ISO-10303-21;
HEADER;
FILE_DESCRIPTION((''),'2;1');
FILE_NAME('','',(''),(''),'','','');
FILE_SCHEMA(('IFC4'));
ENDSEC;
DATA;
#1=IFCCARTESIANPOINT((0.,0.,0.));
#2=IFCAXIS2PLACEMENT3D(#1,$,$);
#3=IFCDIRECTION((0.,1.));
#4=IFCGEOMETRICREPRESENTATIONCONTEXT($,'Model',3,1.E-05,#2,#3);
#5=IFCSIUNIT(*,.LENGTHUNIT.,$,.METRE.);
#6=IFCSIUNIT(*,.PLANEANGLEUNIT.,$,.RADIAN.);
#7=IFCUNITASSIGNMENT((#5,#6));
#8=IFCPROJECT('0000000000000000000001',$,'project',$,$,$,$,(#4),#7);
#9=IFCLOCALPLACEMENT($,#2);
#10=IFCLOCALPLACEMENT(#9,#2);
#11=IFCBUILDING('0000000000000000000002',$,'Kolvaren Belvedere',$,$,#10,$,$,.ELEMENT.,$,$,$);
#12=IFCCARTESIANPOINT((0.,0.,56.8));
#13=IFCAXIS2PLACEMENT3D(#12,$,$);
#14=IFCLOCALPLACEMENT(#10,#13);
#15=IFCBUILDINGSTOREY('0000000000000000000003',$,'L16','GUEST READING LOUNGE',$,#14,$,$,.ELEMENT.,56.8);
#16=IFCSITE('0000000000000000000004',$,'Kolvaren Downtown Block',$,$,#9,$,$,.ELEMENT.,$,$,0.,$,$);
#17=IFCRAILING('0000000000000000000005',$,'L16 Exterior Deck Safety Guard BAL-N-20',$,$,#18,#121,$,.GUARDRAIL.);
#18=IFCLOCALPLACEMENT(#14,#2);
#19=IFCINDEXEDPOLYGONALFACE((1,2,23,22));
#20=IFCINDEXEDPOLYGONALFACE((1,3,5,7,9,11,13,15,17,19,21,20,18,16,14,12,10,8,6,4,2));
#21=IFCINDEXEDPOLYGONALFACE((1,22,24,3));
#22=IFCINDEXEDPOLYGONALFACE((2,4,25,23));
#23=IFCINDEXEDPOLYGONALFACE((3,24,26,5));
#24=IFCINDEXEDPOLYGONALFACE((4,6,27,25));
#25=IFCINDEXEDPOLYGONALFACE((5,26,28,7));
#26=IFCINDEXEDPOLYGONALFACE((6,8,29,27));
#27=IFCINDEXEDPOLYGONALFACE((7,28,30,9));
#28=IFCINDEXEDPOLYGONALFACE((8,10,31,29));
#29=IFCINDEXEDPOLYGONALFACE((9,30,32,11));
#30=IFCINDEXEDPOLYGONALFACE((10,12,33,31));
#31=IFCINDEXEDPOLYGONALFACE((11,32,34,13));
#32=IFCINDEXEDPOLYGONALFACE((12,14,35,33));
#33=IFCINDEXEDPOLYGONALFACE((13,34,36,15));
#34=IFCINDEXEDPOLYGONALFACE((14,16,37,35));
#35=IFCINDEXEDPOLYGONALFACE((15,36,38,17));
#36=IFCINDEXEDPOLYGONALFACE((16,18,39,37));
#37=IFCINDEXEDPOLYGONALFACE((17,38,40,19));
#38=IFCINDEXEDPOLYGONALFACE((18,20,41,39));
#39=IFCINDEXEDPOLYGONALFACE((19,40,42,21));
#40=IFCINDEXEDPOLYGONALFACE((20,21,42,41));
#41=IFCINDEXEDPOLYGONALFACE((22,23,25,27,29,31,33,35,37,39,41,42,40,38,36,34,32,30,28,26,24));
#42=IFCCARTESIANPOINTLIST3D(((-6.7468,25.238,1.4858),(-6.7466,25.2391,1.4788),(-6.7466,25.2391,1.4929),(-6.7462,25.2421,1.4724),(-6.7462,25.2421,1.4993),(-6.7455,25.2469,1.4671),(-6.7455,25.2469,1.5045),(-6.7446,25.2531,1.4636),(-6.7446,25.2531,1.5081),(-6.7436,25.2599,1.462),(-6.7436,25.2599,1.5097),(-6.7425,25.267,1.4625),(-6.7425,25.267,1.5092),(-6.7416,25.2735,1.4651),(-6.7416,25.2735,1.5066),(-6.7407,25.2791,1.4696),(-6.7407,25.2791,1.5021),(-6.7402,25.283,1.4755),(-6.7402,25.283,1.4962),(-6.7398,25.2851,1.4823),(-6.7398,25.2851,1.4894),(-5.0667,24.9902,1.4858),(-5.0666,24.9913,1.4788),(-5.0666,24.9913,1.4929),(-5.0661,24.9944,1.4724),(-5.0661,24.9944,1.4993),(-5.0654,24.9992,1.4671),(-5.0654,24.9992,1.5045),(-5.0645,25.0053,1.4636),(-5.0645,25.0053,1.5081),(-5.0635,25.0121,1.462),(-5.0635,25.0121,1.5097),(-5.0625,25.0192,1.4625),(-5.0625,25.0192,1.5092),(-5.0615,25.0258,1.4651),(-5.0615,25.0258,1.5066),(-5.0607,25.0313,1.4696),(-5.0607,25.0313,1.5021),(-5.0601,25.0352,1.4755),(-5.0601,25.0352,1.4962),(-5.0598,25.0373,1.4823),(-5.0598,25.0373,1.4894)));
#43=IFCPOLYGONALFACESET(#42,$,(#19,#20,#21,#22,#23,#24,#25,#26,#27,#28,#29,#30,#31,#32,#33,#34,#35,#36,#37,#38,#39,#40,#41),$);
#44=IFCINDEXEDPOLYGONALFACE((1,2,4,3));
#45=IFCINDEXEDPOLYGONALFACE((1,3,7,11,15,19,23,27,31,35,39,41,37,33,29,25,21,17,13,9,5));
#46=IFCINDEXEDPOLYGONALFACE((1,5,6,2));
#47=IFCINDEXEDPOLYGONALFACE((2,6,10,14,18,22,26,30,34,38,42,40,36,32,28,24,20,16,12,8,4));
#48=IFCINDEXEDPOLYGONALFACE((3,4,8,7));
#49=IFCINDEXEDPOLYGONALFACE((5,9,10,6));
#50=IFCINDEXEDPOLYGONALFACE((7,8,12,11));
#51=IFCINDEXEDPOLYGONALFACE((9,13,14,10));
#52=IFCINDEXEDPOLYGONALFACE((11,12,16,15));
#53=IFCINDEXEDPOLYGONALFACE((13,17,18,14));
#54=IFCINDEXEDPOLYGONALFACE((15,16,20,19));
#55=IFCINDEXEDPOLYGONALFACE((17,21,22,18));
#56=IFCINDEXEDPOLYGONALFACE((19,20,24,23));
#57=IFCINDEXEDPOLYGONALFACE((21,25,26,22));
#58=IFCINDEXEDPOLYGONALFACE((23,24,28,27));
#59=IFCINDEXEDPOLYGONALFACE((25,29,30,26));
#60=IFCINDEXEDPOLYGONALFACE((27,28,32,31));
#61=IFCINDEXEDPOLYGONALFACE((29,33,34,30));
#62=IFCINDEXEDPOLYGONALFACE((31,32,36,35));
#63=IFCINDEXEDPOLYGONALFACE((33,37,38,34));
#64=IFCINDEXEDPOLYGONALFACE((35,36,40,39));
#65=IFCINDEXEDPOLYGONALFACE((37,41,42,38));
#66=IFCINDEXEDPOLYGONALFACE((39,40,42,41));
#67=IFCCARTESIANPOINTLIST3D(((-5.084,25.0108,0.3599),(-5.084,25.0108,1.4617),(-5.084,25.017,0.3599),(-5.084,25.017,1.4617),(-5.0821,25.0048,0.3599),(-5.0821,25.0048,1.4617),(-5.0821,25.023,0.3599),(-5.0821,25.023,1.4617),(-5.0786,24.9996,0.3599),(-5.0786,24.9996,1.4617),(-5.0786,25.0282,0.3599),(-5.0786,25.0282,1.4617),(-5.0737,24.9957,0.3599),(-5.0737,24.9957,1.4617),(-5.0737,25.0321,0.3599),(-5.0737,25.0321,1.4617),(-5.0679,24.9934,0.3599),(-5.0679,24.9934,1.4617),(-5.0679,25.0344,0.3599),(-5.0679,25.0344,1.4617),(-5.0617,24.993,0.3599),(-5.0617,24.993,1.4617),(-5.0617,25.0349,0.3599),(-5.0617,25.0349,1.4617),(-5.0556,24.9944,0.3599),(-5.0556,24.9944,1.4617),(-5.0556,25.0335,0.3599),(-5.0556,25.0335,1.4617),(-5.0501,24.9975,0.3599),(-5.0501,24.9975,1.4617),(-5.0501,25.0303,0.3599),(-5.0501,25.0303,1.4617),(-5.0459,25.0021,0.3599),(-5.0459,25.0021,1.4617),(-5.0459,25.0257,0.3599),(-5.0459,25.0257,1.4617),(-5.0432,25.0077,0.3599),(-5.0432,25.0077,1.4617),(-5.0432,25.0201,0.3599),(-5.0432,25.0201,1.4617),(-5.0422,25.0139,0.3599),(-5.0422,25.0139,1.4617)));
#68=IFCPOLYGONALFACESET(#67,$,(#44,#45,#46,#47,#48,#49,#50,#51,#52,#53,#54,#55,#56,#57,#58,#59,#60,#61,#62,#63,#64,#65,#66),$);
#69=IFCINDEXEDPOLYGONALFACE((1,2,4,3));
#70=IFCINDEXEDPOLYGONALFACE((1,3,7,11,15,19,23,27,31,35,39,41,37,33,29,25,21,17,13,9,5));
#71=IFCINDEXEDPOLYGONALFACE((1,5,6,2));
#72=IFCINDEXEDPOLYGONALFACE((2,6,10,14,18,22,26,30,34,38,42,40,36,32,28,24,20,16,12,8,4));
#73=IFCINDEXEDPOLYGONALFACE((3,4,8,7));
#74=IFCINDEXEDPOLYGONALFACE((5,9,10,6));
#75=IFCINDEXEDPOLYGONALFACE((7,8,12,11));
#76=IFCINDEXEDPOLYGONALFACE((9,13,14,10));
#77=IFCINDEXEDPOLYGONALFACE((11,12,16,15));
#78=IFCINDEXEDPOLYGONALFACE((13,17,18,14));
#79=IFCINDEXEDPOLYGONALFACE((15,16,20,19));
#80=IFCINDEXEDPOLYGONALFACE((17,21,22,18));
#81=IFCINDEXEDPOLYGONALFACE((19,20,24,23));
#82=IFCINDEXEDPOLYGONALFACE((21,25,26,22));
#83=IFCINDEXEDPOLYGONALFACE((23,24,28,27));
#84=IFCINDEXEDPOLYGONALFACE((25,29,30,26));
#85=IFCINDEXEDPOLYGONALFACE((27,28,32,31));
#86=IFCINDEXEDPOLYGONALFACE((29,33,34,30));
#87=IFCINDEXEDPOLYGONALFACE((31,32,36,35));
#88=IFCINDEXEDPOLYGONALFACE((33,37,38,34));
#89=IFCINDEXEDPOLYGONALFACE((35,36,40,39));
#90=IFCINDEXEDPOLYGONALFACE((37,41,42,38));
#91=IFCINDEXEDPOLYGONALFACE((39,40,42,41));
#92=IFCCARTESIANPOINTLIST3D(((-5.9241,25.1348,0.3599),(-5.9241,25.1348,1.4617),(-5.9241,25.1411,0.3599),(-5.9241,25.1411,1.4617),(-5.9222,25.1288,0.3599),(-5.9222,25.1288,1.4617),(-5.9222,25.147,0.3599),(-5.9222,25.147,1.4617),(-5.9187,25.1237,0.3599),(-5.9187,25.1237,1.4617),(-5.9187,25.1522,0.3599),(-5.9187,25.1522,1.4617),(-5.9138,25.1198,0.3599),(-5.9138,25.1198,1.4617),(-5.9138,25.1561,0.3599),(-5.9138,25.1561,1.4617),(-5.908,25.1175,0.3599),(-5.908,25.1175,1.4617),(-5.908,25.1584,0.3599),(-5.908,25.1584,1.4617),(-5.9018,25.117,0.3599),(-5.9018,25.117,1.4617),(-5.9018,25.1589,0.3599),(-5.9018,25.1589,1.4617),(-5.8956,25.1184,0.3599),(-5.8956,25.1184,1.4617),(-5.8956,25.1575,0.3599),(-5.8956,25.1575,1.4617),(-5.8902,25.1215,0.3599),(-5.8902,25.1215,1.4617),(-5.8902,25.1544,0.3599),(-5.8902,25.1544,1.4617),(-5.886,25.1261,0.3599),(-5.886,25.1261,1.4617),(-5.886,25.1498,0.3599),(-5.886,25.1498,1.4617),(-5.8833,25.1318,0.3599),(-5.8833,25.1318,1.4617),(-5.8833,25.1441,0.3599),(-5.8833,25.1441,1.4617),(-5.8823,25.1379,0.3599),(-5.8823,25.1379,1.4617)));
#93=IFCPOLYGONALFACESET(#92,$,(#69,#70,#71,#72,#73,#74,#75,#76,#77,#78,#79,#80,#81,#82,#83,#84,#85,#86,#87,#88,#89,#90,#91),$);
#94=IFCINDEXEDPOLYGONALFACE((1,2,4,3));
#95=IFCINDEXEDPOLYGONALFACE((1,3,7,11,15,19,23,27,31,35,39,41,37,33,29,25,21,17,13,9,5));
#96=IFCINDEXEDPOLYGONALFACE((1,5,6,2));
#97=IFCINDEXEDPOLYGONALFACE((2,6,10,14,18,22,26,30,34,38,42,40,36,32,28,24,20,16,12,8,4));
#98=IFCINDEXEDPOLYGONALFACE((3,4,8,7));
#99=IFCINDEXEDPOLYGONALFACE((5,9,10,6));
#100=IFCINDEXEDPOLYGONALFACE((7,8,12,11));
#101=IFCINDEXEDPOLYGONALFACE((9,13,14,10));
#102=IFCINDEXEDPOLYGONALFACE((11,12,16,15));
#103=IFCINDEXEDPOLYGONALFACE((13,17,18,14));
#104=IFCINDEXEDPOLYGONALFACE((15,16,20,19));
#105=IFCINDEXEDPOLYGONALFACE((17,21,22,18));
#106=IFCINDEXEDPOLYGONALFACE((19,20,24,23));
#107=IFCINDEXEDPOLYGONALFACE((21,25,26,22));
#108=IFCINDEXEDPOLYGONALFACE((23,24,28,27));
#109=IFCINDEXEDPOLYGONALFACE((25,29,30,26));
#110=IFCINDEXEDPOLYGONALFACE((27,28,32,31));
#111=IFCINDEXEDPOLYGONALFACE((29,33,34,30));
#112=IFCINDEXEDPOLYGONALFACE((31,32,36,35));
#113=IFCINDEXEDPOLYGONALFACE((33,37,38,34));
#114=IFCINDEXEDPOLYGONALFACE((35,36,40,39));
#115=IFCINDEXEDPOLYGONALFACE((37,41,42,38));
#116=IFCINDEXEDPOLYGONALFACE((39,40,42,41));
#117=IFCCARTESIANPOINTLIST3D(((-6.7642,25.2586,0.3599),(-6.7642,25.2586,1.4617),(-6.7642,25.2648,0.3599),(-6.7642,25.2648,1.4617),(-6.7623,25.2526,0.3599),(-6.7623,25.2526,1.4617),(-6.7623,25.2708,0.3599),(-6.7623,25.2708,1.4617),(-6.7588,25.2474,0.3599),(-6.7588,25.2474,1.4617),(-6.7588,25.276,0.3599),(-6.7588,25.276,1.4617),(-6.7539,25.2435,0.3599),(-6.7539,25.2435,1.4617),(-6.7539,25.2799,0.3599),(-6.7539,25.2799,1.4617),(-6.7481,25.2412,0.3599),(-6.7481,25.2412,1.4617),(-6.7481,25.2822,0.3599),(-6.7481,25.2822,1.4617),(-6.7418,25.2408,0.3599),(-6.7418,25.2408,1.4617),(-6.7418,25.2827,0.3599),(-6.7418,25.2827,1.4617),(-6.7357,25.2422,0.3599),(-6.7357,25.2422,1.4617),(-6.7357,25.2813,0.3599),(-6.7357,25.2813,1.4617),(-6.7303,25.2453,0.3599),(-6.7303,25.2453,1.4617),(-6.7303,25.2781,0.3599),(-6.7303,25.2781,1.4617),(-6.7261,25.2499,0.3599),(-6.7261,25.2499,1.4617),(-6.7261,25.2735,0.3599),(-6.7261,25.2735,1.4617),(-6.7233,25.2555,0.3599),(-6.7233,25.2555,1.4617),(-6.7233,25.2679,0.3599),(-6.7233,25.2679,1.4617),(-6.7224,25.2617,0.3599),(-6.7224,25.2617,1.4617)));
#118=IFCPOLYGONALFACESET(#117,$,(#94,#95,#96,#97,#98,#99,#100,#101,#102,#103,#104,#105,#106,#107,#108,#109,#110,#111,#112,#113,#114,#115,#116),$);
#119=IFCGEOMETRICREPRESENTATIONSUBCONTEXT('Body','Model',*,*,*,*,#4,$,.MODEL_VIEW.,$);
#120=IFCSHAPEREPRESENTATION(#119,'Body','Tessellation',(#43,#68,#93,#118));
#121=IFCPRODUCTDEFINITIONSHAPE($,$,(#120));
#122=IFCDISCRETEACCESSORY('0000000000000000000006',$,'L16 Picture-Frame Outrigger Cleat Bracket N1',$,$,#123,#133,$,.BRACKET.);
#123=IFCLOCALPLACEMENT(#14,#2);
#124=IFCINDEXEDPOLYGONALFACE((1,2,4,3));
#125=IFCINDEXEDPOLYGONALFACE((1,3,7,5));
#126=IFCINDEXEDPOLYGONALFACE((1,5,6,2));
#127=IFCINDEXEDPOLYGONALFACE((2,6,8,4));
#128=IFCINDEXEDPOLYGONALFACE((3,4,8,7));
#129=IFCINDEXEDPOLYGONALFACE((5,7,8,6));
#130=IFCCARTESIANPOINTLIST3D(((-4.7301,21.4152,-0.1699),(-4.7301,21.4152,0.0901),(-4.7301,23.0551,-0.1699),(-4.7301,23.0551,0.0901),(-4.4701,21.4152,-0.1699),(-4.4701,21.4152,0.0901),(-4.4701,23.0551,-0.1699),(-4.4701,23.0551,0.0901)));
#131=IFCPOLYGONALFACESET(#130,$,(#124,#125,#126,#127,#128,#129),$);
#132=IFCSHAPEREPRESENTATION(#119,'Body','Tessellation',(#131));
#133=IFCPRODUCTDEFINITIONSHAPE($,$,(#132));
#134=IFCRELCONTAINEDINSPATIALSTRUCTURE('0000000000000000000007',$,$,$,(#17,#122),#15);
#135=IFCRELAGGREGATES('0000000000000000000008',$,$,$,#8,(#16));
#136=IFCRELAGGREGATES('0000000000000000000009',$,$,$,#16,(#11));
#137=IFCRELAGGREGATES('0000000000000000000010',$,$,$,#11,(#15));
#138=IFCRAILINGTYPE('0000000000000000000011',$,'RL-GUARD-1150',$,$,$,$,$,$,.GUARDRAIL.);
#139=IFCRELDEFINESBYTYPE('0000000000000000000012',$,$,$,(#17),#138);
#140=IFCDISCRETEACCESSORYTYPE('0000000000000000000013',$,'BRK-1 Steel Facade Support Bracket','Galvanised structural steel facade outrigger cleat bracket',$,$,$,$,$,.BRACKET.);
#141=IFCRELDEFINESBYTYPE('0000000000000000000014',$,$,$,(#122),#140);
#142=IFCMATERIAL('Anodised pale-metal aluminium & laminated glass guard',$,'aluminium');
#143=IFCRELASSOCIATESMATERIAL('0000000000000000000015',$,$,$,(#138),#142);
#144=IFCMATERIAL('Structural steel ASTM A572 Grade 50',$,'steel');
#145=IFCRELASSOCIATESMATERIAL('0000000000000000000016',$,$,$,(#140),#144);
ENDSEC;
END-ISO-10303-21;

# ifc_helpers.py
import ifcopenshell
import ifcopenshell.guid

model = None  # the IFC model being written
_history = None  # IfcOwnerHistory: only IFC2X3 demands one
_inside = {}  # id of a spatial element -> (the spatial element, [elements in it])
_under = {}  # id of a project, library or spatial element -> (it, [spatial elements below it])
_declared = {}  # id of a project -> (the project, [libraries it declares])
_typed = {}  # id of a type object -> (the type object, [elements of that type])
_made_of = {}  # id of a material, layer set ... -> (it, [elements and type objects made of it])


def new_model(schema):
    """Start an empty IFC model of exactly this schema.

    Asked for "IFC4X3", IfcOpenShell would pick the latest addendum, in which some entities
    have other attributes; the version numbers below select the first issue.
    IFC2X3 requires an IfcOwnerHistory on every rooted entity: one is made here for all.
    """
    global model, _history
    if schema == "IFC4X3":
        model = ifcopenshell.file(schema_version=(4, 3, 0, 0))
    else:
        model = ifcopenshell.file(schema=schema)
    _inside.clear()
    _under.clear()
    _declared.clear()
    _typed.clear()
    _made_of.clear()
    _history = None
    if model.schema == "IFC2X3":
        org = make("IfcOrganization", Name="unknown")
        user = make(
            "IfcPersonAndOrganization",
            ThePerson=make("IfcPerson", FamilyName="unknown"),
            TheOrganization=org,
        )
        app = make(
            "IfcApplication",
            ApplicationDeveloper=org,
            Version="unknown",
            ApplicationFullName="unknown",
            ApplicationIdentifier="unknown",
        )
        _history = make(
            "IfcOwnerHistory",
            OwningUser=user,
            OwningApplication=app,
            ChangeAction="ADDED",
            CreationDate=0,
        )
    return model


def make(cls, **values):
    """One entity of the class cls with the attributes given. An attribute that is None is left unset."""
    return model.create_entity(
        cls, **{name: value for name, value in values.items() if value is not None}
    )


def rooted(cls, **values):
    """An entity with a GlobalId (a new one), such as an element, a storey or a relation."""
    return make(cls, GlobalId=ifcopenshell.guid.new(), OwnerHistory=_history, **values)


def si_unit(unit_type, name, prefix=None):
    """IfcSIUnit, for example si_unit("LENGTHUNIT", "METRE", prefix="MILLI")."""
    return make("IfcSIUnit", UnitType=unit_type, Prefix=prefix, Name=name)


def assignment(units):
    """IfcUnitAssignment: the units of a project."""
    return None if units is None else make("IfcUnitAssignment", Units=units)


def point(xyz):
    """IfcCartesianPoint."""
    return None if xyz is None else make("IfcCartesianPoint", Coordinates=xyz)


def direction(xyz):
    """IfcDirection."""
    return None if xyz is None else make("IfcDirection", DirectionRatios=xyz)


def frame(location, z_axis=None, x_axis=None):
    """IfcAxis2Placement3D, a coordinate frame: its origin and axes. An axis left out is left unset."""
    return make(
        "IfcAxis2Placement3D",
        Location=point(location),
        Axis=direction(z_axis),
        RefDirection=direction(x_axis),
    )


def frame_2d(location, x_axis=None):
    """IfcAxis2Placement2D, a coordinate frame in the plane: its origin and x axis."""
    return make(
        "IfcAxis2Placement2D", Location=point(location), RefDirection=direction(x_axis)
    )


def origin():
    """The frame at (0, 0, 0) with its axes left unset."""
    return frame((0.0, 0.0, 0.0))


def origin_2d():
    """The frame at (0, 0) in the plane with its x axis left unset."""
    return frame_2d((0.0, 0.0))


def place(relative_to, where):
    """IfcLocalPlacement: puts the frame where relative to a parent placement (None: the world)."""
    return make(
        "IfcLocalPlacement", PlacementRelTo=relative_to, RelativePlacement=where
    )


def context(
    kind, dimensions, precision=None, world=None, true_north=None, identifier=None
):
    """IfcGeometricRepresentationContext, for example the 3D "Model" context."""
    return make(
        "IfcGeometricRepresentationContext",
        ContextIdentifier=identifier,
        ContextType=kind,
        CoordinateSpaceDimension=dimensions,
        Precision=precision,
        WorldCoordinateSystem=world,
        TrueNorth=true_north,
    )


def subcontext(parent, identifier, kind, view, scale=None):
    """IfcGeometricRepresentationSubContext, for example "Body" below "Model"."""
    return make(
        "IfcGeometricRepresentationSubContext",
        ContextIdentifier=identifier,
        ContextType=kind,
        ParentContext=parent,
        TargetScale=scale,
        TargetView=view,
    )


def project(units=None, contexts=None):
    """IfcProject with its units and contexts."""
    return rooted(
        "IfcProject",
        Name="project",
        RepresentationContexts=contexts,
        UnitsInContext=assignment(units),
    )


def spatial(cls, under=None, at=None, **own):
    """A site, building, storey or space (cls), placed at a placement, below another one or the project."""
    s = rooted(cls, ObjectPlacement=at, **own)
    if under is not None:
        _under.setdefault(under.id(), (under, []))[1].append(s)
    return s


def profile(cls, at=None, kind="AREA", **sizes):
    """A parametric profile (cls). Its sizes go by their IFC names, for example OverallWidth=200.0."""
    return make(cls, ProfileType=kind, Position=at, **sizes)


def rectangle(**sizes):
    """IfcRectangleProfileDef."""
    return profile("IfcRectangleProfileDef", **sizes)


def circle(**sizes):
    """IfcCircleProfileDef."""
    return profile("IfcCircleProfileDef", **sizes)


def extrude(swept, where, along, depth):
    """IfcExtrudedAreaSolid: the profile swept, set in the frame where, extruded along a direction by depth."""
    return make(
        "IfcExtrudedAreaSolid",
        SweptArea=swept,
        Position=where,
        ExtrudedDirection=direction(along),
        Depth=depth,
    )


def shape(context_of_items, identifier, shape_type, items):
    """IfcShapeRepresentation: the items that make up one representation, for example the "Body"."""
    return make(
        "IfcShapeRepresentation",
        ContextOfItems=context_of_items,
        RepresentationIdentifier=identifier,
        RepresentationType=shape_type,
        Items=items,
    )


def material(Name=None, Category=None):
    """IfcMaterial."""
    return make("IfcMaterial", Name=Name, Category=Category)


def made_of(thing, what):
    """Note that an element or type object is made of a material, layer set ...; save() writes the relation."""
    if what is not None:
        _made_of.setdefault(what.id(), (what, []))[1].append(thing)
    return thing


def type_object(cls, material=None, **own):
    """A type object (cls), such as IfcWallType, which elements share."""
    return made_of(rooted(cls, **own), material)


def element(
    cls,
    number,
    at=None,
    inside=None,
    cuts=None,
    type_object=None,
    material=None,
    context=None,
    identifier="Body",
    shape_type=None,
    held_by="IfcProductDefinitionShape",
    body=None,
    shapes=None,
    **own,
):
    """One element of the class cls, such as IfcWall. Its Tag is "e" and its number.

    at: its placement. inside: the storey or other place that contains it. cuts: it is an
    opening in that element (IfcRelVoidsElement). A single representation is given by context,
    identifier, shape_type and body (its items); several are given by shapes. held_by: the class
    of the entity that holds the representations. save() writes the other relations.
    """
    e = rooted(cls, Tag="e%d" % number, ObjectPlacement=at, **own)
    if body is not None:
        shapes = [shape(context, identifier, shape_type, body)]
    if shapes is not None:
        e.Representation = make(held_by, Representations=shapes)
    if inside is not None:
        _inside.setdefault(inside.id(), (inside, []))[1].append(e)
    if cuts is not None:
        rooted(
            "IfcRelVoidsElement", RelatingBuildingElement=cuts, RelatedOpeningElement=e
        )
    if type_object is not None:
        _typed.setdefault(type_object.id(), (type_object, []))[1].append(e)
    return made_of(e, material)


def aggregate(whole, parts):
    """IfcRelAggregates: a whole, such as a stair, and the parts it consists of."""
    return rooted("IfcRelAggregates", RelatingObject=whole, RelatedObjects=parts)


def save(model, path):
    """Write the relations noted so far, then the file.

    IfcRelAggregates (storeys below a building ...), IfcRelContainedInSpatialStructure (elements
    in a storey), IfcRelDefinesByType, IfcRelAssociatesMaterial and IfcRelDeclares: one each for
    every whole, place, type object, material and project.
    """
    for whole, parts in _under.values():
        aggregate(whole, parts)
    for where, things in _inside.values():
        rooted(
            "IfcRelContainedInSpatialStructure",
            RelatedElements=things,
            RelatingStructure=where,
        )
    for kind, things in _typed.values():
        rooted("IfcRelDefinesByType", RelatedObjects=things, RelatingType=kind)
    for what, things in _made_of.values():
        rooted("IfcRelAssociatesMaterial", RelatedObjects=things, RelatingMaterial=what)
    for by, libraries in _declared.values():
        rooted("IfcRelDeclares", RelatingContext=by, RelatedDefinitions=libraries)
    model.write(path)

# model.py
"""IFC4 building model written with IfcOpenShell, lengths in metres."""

from ifc_helpers import new_model, si_unit, direction, frame, origin, origin_2d, place, context, subcontext, project, spatial, rectangle, circle, extrude, material, type_object, element, save


model = new_model("IFC4")

# Units and contexts
model_context = context("Model", 3, precision=1e-05, world=origin(), true_north=direction((0.0, 1.0)))
body_context = subcontext(model_context, "Body", "Model", "MODEL_VIEW")
ifc_project = project(units=[si_unit("LENGTHUNIT", "METRE"), si_unit("PLANEANGLEUNIT", "RADIAN")], contexts=[model_context])

# Site, building, storey
site_placement = place(None, origin())
site = spatial("IfcSite", under=ifc_project, at=site_placement, Name="Kolvaren Downtown Block", CompositionType="ELEMENT", RefElevation=0.0)
building_placement = place(site_placement, origin())
building = spatial("IfcBuilding", under=site, at=building_placement, Name="Kolvaren Belvedere", CompositionType="ELEMENT")
storey_placement = place(building_placement, frame((0.0, 0.0, 56.8)))
storey = spatial("IfcBuildingStorey", under=building, at=storey_placement, Name="L16", Description="GUEST READING LOUNGE", CompositionType="ELEMENT", Elevation=56.8)

# Railing
ifc_material_1 = material(Name="Anodised pale-metal aluminium & laminated glass guard", Category="aluminium")
railing_type = type_object("IfcRailingType", Name="RL-GUARD-1150", PredefinedType="GUARDRAIL", material=ifc_material_1)
railing_1_placement = place(storey_placement, frame((-5.0632, 25.0139, 0.3599)))
element("IfcRailing", 1, at=railing_1_placement, inside=storey, type_object=railing_type, Name="L16 Exterior Deck Safety Guard BAL-N-20", PredefinedType="GUARDRAIL", context=body_context, shape_type="SweptSolid", body=[
    extrude(circle(Radius=0.0239, at=origin_2d()), frame((0.0, 0.0, 1.126), z_axis=(-0.989298, 0.145908, 0.0), x_axis=(-0.145908, -0.989298, 0.0)), (0.0, 0.0, 1.0), 1.6982),
    extrude(circle(Radius=0.021, at=origin_2d()), origin(), (0.0, 0.0, 1.0), 1.1018),
    extrude(circle(Radius=0.021, at=origin_2d()), frame((-0.8401, 0.124, 0.0)), (0.0, 0.0, 1.0), 1.1018),
    extrude(circle(Radius=0.021, at=origin_2d()), frame((-1.6802, 0.2478, 0.0)), (0.0, 0.0, 1.0), 1.1018),
])

# Discrete accessory
ifc_material_2 = material(Name="Structural steel ASTM A572 Grade 50", Category="steel")
discrete_accessory_type = type_object("IfcDiscreteAccessoryType", Name="BRK-1 Steel Facade Support Bracket", Description="Galvanised structural steel facade outrigger cleat bracket", PredefinedType="BRACKET", material=ifc_material_2)
discrete_accessory_placement = place(storey_placement, frame((-4.6001, 22.2351, -0.1699), z_axis=(0.0, 0.0, 1.0), x_axis=(0.0, 1.0, 0.0)))
element("IfcDiscreteAccessory", 2, at=discrete_accessory_placement, inside=storey, type_object=discrete_accessory_type, Name="L16 Picture-Frame Outrigger Cleat Bracket N1", PredefinedType="BRACKET", context=body_context, shape_type="SweptSolid", body=[
    extrude(rectangle(XDim=1.6399, YDim=0.26, at=origin_2d()), origin(), (0.0, 0.0, 1.0), 0.26),
])

save(model, "model.ifc")
